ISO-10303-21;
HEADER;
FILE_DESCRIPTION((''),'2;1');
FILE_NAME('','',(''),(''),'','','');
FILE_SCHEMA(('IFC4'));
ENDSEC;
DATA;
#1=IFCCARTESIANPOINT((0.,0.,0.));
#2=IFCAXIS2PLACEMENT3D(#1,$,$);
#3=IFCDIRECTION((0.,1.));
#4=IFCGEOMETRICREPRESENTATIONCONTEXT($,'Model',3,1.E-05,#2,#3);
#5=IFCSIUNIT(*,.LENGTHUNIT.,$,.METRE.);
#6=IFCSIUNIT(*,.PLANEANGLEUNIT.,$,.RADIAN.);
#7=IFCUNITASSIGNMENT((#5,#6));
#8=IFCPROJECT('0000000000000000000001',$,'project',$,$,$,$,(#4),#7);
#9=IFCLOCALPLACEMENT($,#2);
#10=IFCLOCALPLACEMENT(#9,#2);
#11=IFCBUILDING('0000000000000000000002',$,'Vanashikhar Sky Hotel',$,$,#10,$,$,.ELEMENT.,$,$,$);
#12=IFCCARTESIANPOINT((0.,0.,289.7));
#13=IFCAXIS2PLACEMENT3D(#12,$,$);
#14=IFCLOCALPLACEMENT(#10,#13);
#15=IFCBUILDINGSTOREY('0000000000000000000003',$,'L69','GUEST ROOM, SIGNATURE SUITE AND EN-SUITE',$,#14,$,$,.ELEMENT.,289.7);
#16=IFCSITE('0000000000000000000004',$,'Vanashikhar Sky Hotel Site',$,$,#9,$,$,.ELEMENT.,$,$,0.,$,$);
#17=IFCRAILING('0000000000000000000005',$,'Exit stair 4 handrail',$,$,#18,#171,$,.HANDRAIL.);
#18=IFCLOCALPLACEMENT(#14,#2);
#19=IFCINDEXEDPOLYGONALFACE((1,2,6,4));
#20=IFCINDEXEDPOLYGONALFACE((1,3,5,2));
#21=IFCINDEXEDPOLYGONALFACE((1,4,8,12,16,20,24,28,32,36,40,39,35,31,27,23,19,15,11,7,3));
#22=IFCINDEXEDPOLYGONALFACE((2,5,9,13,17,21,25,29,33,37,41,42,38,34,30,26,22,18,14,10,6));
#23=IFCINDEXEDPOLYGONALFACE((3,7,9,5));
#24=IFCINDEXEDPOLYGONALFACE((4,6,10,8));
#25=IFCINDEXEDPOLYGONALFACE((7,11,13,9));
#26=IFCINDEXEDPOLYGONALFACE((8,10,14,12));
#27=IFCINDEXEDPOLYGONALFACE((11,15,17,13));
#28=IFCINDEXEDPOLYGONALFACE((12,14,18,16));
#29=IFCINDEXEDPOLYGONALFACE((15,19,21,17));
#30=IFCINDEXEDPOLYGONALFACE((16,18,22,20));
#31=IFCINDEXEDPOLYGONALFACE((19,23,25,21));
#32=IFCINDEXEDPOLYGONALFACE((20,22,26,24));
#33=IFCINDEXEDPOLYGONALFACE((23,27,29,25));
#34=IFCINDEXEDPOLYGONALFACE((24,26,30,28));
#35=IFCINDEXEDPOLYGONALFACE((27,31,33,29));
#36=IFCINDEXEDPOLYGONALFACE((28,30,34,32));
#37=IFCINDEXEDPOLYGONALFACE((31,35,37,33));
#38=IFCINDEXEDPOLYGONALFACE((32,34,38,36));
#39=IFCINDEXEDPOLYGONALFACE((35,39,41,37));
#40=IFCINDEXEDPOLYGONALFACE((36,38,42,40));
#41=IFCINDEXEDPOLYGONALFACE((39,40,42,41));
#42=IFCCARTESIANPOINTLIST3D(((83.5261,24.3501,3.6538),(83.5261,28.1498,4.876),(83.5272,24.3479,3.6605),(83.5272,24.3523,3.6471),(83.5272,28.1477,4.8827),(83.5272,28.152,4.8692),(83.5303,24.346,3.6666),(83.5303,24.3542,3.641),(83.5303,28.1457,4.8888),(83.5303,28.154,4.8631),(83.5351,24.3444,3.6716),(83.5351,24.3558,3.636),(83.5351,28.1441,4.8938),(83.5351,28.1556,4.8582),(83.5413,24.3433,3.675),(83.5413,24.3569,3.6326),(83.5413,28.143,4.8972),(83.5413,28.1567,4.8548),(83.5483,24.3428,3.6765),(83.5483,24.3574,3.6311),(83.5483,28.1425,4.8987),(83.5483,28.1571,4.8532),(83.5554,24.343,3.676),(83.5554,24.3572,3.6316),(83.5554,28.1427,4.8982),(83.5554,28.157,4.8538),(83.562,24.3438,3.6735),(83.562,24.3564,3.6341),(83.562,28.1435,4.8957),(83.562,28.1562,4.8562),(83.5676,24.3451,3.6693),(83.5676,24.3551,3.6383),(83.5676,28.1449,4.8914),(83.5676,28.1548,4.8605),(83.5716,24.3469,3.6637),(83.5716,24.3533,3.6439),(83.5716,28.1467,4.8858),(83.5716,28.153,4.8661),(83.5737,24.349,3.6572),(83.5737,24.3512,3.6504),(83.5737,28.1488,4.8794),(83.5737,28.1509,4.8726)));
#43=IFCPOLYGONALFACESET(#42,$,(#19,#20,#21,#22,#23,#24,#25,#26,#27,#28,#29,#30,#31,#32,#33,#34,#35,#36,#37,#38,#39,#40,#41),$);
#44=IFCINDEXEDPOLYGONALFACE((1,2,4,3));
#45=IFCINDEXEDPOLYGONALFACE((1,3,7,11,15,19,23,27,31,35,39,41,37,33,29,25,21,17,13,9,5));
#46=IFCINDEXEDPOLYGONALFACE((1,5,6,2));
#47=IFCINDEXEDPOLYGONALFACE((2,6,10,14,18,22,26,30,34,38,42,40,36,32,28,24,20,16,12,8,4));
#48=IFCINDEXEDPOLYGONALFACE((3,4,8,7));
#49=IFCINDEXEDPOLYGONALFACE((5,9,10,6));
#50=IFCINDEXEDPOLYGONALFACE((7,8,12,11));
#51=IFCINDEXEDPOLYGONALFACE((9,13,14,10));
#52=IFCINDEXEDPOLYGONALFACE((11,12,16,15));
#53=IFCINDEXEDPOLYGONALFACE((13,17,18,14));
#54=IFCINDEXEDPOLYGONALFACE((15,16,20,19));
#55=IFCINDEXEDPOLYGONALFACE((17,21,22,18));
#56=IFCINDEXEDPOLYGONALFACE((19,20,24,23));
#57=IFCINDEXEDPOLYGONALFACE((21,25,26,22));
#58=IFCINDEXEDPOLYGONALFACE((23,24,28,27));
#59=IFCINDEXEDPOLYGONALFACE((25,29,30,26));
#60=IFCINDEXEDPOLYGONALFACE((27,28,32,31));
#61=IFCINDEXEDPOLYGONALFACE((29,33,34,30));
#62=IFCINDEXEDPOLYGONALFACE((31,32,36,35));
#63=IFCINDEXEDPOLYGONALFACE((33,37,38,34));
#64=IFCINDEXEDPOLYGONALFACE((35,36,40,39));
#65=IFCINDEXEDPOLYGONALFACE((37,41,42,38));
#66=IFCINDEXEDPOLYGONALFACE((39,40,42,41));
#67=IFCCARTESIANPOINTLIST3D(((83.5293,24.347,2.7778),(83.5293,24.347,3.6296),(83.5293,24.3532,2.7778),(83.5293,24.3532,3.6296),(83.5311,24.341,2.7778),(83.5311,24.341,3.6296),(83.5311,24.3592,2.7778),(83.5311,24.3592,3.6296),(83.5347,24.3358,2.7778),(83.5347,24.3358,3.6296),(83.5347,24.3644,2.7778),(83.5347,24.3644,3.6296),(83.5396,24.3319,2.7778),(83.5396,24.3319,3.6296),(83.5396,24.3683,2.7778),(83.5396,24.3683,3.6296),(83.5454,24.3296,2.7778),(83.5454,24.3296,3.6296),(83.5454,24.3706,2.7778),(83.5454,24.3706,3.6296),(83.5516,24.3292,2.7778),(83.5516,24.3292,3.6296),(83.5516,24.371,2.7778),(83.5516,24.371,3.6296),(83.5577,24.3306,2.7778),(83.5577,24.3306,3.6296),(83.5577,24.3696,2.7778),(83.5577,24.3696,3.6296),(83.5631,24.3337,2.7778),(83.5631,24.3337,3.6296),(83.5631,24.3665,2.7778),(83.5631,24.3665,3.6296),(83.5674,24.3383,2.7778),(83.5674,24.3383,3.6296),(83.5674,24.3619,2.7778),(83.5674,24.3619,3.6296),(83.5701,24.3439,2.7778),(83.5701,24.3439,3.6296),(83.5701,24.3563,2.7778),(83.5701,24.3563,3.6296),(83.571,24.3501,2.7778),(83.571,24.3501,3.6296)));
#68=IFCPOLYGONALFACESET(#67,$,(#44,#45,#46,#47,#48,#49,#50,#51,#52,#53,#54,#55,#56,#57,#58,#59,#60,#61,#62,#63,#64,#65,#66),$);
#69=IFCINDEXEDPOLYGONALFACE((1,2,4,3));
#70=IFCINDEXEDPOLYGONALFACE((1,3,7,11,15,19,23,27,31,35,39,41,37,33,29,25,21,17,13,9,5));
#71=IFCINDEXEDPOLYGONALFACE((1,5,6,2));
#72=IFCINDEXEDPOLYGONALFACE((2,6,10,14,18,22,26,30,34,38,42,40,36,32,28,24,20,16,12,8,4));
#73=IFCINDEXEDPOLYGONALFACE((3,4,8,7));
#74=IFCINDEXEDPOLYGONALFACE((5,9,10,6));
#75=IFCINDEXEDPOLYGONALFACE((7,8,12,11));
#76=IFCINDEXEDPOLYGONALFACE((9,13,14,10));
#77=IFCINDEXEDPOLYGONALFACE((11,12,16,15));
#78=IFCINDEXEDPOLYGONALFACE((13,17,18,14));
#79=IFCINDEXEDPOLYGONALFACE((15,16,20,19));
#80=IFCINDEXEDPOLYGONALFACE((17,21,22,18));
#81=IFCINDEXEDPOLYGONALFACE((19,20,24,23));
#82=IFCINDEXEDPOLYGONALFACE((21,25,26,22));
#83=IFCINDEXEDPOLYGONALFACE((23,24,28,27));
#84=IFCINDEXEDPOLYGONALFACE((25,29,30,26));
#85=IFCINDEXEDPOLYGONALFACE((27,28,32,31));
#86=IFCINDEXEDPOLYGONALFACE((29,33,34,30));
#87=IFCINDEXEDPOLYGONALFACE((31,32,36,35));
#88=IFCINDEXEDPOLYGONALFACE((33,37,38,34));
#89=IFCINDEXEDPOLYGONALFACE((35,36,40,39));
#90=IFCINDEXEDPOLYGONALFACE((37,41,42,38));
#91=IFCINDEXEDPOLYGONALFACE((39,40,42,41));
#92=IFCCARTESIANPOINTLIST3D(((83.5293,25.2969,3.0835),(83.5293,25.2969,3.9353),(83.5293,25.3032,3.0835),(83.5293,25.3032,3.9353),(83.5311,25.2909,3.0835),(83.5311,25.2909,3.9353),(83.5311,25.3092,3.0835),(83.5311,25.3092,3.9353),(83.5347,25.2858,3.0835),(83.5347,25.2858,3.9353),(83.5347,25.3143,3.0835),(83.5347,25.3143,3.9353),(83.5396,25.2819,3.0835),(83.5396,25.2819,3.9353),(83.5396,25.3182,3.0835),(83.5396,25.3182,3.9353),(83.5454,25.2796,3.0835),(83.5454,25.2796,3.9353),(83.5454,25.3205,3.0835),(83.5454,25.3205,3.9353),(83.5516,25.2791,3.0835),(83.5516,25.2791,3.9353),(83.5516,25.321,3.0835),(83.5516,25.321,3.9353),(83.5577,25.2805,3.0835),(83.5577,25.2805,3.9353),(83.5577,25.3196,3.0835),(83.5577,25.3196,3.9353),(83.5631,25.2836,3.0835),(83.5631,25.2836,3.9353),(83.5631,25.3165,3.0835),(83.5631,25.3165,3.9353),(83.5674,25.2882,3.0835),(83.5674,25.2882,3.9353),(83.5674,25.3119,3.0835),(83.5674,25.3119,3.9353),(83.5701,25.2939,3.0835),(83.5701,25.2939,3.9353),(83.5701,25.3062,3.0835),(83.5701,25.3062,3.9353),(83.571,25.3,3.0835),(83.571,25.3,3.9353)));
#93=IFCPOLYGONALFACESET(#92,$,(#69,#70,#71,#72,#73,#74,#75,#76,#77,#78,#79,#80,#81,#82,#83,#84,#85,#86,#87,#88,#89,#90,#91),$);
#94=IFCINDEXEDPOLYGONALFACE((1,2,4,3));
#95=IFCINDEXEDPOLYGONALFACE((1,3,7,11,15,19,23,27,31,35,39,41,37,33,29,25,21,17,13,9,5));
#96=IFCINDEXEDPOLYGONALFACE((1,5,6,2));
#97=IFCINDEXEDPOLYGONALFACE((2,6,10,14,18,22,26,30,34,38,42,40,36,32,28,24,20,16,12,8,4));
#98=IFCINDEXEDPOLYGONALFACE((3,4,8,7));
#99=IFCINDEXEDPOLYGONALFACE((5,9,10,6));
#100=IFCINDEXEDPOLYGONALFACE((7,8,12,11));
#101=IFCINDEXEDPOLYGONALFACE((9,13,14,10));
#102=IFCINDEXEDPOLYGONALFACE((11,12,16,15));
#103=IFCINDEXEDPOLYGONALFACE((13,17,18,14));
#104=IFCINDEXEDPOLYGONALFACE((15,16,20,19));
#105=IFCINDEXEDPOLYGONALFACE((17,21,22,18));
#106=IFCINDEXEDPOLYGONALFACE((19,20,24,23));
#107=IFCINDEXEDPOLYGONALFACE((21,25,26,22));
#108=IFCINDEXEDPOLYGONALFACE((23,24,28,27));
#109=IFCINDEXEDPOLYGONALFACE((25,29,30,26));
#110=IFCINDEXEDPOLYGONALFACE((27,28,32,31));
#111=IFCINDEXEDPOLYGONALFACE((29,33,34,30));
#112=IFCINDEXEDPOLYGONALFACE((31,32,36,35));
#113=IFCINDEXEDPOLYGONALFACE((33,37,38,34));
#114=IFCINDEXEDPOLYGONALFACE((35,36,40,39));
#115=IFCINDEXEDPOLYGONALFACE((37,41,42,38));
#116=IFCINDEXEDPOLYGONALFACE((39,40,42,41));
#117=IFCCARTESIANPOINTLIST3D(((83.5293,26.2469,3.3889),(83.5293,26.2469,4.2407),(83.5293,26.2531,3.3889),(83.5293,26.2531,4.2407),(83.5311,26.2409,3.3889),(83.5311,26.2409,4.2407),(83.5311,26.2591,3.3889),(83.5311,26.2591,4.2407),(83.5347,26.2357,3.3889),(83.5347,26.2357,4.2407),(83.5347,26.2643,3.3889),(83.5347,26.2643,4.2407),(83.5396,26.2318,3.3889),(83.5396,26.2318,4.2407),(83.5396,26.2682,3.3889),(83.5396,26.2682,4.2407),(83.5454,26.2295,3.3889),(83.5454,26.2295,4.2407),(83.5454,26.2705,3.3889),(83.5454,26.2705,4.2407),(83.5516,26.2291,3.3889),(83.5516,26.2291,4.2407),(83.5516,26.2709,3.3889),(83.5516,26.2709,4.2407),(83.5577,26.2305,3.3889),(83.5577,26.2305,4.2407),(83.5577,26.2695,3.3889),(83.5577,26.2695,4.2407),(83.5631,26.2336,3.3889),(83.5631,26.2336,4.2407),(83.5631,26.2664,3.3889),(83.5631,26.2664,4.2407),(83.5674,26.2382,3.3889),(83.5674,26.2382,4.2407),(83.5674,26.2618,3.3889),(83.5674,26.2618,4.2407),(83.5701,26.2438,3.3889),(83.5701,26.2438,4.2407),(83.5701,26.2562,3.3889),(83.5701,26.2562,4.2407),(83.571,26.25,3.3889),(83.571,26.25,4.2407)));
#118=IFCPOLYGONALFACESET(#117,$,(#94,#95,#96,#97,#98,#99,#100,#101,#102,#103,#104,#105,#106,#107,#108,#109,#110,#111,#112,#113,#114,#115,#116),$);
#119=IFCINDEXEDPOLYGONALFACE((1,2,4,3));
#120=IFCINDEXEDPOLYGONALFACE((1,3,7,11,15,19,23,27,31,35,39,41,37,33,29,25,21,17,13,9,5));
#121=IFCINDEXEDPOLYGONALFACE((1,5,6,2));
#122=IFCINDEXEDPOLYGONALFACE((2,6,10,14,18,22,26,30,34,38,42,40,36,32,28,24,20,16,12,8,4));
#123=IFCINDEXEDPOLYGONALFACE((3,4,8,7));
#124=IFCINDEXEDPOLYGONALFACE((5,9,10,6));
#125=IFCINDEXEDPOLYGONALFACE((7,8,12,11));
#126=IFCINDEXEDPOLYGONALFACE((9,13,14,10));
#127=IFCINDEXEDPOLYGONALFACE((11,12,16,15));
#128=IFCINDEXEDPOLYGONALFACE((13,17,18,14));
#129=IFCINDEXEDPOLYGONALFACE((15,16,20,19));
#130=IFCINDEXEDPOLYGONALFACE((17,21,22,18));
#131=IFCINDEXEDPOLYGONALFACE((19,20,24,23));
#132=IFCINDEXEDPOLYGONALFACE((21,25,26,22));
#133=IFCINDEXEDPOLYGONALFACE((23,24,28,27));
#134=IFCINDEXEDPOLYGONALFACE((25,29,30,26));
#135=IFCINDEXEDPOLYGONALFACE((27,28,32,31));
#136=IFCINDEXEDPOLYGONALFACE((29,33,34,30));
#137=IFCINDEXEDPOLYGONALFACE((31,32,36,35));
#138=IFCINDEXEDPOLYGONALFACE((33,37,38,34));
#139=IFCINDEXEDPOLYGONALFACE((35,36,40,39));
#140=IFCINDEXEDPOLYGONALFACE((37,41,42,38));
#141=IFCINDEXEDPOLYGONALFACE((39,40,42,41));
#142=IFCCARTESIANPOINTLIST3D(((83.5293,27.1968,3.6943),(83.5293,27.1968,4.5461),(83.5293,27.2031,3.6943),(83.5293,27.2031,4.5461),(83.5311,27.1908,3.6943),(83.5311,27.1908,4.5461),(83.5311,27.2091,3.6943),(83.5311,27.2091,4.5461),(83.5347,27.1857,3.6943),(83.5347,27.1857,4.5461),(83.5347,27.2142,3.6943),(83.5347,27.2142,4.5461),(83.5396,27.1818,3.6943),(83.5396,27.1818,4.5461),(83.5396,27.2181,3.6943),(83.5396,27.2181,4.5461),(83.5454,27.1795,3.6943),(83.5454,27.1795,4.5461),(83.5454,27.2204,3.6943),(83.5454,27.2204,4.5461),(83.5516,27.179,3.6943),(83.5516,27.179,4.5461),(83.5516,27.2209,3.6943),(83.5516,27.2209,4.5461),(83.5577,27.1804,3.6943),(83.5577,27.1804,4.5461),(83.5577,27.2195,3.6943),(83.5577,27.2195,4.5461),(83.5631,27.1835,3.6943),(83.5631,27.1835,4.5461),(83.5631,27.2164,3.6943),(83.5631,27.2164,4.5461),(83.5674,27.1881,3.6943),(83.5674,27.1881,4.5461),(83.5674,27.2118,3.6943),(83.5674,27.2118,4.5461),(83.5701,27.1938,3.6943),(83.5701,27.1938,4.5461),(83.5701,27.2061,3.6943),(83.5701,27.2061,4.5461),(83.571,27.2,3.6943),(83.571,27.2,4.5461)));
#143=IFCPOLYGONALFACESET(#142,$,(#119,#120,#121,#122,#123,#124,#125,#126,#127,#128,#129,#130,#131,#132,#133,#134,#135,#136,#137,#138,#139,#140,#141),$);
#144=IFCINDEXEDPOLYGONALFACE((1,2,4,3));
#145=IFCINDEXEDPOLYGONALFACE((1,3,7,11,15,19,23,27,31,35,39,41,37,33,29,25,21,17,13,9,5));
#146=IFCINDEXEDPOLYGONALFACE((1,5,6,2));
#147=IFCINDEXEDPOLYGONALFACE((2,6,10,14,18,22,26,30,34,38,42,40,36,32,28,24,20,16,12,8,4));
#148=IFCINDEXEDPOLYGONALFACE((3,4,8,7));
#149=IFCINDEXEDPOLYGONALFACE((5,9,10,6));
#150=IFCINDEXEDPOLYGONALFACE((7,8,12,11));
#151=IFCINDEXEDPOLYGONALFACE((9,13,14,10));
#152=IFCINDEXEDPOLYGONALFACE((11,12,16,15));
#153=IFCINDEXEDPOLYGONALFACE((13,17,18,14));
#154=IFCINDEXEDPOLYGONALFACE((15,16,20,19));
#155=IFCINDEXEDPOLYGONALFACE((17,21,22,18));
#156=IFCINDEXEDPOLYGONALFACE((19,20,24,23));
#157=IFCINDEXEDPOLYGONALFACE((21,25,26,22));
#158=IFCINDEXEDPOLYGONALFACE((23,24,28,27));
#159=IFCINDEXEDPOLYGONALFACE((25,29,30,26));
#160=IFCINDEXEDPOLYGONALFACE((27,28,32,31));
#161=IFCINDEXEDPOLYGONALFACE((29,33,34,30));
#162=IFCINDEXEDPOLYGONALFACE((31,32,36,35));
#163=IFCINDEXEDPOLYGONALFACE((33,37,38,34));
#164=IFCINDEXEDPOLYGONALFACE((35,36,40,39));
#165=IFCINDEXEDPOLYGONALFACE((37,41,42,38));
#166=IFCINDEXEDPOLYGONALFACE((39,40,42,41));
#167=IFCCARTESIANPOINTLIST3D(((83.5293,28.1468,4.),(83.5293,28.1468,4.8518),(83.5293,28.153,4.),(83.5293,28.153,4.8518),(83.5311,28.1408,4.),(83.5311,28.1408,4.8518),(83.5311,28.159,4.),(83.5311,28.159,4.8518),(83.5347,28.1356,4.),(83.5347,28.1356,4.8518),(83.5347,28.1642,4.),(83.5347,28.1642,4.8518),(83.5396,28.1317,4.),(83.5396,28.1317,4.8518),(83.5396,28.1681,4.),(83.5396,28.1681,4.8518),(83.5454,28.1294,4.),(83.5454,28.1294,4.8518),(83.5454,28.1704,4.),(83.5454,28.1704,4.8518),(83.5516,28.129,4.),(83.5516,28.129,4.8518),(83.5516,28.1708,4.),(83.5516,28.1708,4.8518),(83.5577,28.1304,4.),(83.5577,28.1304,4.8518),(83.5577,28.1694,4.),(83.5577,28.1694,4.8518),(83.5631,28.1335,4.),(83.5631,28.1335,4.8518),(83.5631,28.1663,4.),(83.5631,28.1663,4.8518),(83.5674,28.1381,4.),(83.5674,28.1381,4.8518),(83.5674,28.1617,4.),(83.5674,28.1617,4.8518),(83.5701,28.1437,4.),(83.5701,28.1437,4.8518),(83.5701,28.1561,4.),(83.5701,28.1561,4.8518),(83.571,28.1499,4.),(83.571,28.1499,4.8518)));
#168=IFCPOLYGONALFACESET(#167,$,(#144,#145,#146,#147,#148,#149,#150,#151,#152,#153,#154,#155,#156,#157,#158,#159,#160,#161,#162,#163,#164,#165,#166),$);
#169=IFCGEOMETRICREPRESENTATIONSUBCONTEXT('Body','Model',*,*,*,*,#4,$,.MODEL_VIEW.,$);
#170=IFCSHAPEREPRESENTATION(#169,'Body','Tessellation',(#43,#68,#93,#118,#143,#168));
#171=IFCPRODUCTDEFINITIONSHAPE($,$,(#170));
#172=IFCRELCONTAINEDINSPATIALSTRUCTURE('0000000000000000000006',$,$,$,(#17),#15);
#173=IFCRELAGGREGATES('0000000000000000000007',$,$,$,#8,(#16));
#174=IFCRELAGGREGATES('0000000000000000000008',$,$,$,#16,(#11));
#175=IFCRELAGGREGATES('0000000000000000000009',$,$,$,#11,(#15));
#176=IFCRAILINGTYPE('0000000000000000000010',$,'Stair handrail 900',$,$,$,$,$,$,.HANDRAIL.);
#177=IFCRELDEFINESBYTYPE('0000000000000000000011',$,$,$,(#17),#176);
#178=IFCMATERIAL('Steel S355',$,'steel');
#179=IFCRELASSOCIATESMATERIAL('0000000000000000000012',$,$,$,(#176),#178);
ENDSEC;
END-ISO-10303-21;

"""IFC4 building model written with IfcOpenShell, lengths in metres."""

from ifc_helpers import new_model, si_unit, direction, frame, origin, origin_2d, place, context, subcontext, project, spatial, circle, extrude, source, transform, mapped, material, type_object, element, save


model = new_model("IFC4")

# Units and contexts
model_context = context("Model", 3, precision=1e-05, world=origin(), true_north=direction((0.0, 1.0)))
body_context = subcontext(model_context, "Body", "Model", "MODEL_VIEW")
ifc_project = project(units=[si_unit("LENGTHUNIT", "METRE"), si_unit("PLANEANGLEUNIT", "RADIAN")], contexts=[model_context])

# Site, building, storey
site_placement = place(None, origin())
site = spatial("IfcSite", under=ifc_project, at=site_placement, Name="Vanashikhar Sky Hotel Site", CompositionType="ELEMENT", RefElevation=0.0)
building_placement = place(site_placement, origin())
building = spatial("IfcBuilding", under=site, at=building_placement, Name="Vanashikhar Sky Hotel", CompositionType="ELEMENT")
storey_placement = place(building_placement, frame((0.0, 0.0, 289.7)))
storey = spatial("IfcBuildingStorey", under=building, at=storey_placement, Name="L69", Description="GUEST ROOM, SIGNATURE SUITE AND EN-SUITE", CompositionType="ELEMENT", Elevation=289.7)

# Railing
ifc_material_1 = material(Name="Steel S355", Category="steel")
railing_type_1 = type_object("IfcRailingType", Name="Stair handrail 900", PredefinedType="HANDRAIL", material=ifc_material_1)
shared_shape_1 = source(origin(), body_context, "Body", "SweptSolid", [
    extrude(circle(Radius=0.0239, at=origin_2d()), frame((0.0, 0.0, 0.876), z_axis=(0.0, 0.95197, 0.306191), x_axis=(-1.0, 0.0, 0.0)), (0.0, 0.0, 1.0), 3.9915),
    extrude(circle(Radius=0.021, at=origin_2d()), origin(), (0.0, 0.0, 1.0), 0.8518),
    extrude(circle(Radius=0.021, at=origin_2d()), frame((0.0, 0.95, 0.3057)), (0.0, 0.0, 1.0), 0.8518),
    extrude(circle(Radius=0.021, at=origin_2d()), frame((0.0, 1.8999, 0.6111)), (0.0, 0.0, 1.0), 0.8518),
    extrude(circle(Radius=0.021, at=origin_2d()), frame((0.0, 2.8499, 0.9165)), (0.0, 0.0, 1.0), 0.8518),
    extrude(circle(Radius=0.021, at=origin_2d()), frame((0.0, 3.7998, 1.2222)), (0.0, 0.0, 1.0), 0.8518),
])
railing_1_placement = place(storey_placement, frame((83.55, 24.3501, 2.7778)))
element("IfcRailing", 1, at=railing_1_placement, inside=storey, type_object=railing_type_1, Name="Exit stair 4 handrail", PredefinedType="HANDRAIL", context=body_context, shape_type="MappedRepresentation", body=[
    mapped(shared_shape_1, transform((0.0, 0.0, 0.0), scale=1.0)),
])

save(model, "model.ifc")
